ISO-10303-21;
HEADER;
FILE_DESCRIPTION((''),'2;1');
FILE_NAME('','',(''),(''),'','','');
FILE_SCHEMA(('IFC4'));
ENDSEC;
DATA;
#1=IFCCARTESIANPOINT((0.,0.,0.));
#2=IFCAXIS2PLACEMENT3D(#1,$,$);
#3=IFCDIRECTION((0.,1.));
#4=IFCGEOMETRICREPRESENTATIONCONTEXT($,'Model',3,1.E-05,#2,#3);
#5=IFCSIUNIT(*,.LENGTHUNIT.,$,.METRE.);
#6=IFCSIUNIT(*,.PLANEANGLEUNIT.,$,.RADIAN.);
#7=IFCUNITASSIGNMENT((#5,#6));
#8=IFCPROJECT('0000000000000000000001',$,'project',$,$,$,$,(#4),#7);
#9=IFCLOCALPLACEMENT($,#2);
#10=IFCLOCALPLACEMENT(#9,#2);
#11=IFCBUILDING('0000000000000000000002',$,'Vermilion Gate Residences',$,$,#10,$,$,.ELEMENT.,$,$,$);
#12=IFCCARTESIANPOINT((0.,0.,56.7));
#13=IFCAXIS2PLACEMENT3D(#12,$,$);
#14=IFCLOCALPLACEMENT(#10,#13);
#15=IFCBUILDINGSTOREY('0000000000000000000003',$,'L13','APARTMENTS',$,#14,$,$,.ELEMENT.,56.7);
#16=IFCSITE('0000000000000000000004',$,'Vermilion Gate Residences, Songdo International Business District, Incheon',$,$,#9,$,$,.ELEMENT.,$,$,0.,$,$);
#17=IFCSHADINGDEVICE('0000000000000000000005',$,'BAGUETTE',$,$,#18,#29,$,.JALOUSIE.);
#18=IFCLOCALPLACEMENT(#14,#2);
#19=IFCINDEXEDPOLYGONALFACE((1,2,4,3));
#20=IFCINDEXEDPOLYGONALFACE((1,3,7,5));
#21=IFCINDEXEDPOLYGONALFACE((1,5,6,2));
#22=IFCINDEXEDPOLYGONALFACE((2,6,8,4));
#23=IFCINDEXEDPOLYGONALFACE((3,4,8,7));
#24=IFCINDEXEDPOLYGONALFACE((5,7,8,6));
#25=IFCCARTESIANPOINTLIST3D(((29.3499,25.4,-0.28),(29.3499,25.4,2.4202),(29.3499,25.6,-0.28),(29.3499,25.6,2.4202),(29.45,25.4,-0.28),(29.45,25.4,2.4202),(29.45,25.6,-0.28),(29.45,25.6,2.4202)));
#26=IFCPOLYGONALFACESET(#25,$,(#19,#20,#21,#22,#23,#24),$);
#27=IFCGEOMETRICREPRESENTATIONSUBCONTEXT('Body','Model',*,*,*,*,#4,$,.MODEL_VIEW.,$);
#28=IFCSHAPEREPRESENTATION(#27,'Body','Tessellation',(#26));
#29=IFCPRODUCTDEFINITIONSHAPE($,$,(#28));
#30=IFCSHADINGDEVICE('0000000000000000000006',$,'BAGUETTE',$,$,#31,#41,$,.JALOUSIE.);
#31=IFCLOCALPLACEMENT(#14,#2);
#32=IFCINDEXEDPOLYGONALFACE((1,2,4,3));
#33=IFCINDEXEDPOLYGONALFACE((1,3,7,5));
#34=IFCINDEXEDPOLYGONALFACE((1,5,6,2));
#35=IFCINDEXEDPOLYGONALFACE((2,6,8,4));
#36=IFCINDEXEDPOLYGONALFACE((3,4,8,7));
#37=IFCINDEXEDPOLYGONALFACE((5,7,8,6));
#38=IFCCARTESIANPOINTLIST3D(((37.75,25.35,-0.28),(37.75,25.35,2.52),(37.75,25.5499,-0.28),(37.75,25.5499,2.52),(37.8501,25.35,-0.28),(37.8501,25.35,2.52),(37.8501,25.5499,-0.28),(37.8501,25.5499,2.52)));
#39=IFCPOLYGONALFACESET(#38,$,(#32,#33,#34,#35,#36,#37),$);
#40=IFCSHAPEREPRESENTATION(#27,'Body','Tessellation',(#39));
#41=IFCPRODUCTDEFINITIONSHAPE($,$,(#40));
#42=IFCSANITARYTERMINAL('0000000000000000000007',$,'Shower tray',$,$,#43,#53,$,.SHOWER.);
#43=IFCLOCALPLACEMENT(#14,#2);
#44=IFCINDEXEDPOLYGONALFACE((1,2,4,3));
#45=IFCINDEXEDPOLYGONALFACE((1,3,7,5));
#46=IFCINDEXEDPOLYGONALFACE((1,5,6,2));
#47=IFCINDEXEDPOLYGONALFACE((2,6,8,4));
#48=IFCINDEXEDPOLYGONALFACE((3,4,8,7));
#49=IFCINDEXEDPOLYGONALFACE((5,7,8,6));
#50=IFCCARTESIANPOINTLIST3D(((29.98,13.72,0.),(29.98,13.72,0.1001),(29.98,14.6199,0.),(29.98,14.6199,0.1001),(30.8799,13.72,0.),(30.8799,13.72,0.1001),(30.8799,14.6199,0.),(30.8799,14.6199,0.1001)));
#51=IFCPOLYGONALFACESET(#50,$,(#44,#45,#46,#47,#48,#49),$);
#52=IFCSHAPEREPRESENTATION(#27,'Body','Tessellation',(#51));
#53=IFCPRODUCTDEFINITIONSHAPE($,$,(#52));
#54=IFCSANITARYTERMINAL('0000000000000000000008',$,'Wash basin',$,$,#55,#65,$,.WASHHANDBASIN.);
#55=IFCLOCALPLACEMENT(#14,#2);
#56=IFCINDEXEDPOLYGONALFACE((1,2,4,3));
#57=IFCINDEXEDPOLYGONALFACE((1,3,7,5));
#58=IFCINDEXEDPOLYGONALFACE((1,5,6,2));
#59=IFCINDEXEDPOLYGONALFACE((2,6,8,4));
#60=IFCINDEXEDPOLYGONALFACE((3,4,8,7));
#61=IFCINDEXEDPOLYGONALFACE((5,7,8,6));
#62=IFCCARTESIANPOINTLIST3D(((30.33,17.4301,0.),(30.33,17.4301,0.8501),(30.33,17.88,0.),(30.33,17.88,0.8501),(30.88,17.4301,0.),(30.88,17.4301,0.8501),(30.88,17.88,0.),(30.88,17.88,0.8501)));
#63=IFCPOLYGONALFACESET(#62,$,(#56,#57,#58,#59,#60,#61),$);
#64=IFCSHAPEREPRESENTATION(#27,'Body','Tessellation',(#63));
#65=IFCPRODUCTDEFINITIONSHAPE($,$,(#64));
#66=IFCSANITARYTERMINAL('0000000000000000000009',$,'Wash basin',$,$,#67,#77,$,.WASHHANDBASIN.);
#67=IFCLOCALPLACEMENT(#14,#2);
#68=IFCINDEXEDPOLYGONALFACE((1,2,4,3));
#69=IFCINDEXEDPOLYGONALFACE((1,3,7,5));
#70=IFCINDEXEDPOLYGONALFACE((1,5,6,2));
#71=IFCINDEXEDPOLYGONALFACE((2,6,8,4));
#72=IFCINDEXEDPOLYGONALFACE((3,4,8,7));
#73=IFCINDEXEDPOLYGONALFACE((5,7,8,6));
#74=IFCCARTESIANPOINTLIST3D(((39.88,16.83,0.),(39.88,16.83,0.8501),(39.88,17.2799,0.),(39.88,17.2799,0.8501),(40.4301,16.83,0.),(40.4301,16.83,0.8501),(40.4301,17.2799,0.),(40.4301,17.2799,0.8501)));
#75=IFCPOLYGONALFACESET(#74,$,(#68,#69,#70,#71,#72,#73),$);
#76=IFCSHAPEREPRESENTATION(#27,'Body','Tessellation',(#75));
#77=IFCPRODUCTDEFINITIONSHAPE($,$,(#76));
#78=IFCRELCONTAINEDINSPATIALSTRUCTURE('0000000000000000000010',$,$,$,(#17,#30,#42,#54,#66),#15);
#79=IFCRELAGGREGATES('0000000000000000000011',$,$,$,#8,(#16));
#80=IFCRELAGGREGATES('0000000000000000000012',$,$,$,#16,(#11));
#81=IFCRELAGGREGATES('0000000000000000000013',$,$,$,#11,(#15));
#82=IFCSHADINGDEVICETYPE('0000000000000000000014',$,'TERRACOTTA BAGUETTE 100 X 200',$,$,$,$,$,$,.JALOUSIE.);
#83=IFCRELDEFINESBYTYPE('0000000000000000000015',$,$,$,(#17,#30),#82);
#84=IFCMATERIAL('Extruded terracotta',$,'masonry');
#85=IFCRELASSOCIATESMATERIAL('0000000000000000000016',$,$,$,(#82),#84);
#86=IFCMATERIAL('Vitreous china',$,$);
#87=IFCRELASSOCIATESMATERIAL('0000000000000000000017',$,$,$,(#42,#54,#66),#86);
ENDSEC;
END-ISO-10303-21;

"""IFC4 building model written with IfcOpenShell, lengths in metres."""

from ifc_helpers import new_model, si_unit, direction, frame, origin, origin_2d, place, context, subcontext, project, spatial, rectangle, extrude, material, material_profile, profile_set, type_object, element, save


model = new_model("IFC4")

# Units and contexts
model_context = context("Model", 3, precision=1e-05, world=origin(), true_north=direction((0.0, 1.0)))
body_context = subcontext(model_context, "Body", "Model", "MODEL_VIEW")
ifc_project = project(units=[si_unit("LENGTHUNIT", "METRE"), si_unit("PLANEANGLEUNIT", "RADIAN")], contexts=[model_context])

# Site, building, storey
site_placement = place(None, origin())
site = spatial("IfcSite", under=ifc_project, at=site_placement, Name="Vermilion Gate Residences, Songdo International Business District, Incheon", CompositionType="ELEMENT", RefElevation=0.0)
building_placement = place(site_placement, origin())
building = spatial("IfcBuilding", under=site, at=building_placement, Name="Vermilion Gate Residences", CompositionType="ELEMENT")
storey_placement = place(building_placement, frame((0.0, 0.0, 56.7)))
storey = spatial("IfcBuildingStorey", under=building, at=storey_placement, Name="L13", Description="APARTMENTS", CompositionType="ELEMENT", Elevation=56.7)

# Shading devices
ifc_material_1 = material(Name="Extruded terracotta", Category="masonry")
ifc_material_profile_1 = material_profile(ifc_material_1, rectangle(XDim=0.2, YDim=0.1001, at=origin_2d()), Name="BAGUETTE 100 X 200")
ifc_profile_set_1 = profile_set([ifc_material_profile_1], Name="Extruded terracotta")
shading_device_type_1 = type_object("IfcShadingDeviceType", Name="TERRACOTTA BAGUETTE 100 X 200", PredefinedType="JALOUSIE", material=ifc_profile_set_1)
shading_device_1_placement = place(storey_placement, frame((29.3999, 25.5, -0.28), z_axis=(0.0, 0.0, 1.0), x_axis=(0.0, -1.0, 0.0)))
element("IfcShadingDevice", 1, at=shading_device_1_placement, inside=storey, type_object=shading_device_type_1, Name="BAGUETTE", PredefinedType="JALOUSIE", context=body_context, shape_type="SweptSolid", body=[
    extrude(rectangle(XDim=0.2, YDim=0.1001, at=origin_2d()), origin(), (0.0, 0.0, 1.0), 2.7002),
])
shading_device_2_placement = place(storey_placement, frame((37.8, 25.45, -0.28), z_axis=(0.0, 0.0, 1.0), x_axis=(0.0, -1.0, 0.0)))
element("IfcShadingDevice", 2, at=shading_device_2_placement, inside=storey, type_object=shading_device_type_1, Name="BAGUETTE", PredefinedType="JALOUSIE", context=body_context, shape_type="SweptSolid", body=[
    extrude(rectangle(XDim=0.2, YDim=0.1001, at=origin_2d()), origin(), (0.0, 0.0, 1.0), 2.8),
])

# Sanitary terminals
ifc_material_2 = material(Name="Vitreous china")
sanitary_terminal_placement = place(storey_placement, frame((30.4299, 14.1699, 0.0), z_axis=(0.0, 0.0, 1.0), x_axis=(1.0, 0.0, 0.0)))
element("IfcSanitaryTerminal", 3, at=sanitary_terminal_placement, inside=storey, material=ifc_material_2, Name="Shower tray", PredefinedType="SHOWER", context=body_context, shape_type="SweptSolid", body=[
    extrude(rectangle(XDim=0.8999, YDim=0.8999, at=origin_2d()), origin(), (0.0, 0.0, 1.0), 0.1001),
])
for number, where, z_axis, x_axis, name in (
    (4, (30.605, 17.655, 0.0), (0.0, 0.0, 1.0), (1.0, 0.0, 0.0), "Wash basin"),
    (5, (40.155, 17.0549, 0.0), (0.0, 0.0, 1.0), (1.0, 0.0, 0.0), "Wash basin"),
):
    element("IfcSanitaryTerminal", number, at=place(storey_placement, frame(where, z_axis=z_axis, x_axis=x_axis)), inside=storey, material=ifc_material_2, Name=name, PredefinedType="WASHHANDBASIN", context=body_context, shape_type="SweptSolid", body=[
        extrude(rectangle(XDim=0.55, YDim=0.45, at=origin_2d()), origin(), (0.0, 0.0, 1.0), 0.8501),
    ])

save(model, "model.ifc")
